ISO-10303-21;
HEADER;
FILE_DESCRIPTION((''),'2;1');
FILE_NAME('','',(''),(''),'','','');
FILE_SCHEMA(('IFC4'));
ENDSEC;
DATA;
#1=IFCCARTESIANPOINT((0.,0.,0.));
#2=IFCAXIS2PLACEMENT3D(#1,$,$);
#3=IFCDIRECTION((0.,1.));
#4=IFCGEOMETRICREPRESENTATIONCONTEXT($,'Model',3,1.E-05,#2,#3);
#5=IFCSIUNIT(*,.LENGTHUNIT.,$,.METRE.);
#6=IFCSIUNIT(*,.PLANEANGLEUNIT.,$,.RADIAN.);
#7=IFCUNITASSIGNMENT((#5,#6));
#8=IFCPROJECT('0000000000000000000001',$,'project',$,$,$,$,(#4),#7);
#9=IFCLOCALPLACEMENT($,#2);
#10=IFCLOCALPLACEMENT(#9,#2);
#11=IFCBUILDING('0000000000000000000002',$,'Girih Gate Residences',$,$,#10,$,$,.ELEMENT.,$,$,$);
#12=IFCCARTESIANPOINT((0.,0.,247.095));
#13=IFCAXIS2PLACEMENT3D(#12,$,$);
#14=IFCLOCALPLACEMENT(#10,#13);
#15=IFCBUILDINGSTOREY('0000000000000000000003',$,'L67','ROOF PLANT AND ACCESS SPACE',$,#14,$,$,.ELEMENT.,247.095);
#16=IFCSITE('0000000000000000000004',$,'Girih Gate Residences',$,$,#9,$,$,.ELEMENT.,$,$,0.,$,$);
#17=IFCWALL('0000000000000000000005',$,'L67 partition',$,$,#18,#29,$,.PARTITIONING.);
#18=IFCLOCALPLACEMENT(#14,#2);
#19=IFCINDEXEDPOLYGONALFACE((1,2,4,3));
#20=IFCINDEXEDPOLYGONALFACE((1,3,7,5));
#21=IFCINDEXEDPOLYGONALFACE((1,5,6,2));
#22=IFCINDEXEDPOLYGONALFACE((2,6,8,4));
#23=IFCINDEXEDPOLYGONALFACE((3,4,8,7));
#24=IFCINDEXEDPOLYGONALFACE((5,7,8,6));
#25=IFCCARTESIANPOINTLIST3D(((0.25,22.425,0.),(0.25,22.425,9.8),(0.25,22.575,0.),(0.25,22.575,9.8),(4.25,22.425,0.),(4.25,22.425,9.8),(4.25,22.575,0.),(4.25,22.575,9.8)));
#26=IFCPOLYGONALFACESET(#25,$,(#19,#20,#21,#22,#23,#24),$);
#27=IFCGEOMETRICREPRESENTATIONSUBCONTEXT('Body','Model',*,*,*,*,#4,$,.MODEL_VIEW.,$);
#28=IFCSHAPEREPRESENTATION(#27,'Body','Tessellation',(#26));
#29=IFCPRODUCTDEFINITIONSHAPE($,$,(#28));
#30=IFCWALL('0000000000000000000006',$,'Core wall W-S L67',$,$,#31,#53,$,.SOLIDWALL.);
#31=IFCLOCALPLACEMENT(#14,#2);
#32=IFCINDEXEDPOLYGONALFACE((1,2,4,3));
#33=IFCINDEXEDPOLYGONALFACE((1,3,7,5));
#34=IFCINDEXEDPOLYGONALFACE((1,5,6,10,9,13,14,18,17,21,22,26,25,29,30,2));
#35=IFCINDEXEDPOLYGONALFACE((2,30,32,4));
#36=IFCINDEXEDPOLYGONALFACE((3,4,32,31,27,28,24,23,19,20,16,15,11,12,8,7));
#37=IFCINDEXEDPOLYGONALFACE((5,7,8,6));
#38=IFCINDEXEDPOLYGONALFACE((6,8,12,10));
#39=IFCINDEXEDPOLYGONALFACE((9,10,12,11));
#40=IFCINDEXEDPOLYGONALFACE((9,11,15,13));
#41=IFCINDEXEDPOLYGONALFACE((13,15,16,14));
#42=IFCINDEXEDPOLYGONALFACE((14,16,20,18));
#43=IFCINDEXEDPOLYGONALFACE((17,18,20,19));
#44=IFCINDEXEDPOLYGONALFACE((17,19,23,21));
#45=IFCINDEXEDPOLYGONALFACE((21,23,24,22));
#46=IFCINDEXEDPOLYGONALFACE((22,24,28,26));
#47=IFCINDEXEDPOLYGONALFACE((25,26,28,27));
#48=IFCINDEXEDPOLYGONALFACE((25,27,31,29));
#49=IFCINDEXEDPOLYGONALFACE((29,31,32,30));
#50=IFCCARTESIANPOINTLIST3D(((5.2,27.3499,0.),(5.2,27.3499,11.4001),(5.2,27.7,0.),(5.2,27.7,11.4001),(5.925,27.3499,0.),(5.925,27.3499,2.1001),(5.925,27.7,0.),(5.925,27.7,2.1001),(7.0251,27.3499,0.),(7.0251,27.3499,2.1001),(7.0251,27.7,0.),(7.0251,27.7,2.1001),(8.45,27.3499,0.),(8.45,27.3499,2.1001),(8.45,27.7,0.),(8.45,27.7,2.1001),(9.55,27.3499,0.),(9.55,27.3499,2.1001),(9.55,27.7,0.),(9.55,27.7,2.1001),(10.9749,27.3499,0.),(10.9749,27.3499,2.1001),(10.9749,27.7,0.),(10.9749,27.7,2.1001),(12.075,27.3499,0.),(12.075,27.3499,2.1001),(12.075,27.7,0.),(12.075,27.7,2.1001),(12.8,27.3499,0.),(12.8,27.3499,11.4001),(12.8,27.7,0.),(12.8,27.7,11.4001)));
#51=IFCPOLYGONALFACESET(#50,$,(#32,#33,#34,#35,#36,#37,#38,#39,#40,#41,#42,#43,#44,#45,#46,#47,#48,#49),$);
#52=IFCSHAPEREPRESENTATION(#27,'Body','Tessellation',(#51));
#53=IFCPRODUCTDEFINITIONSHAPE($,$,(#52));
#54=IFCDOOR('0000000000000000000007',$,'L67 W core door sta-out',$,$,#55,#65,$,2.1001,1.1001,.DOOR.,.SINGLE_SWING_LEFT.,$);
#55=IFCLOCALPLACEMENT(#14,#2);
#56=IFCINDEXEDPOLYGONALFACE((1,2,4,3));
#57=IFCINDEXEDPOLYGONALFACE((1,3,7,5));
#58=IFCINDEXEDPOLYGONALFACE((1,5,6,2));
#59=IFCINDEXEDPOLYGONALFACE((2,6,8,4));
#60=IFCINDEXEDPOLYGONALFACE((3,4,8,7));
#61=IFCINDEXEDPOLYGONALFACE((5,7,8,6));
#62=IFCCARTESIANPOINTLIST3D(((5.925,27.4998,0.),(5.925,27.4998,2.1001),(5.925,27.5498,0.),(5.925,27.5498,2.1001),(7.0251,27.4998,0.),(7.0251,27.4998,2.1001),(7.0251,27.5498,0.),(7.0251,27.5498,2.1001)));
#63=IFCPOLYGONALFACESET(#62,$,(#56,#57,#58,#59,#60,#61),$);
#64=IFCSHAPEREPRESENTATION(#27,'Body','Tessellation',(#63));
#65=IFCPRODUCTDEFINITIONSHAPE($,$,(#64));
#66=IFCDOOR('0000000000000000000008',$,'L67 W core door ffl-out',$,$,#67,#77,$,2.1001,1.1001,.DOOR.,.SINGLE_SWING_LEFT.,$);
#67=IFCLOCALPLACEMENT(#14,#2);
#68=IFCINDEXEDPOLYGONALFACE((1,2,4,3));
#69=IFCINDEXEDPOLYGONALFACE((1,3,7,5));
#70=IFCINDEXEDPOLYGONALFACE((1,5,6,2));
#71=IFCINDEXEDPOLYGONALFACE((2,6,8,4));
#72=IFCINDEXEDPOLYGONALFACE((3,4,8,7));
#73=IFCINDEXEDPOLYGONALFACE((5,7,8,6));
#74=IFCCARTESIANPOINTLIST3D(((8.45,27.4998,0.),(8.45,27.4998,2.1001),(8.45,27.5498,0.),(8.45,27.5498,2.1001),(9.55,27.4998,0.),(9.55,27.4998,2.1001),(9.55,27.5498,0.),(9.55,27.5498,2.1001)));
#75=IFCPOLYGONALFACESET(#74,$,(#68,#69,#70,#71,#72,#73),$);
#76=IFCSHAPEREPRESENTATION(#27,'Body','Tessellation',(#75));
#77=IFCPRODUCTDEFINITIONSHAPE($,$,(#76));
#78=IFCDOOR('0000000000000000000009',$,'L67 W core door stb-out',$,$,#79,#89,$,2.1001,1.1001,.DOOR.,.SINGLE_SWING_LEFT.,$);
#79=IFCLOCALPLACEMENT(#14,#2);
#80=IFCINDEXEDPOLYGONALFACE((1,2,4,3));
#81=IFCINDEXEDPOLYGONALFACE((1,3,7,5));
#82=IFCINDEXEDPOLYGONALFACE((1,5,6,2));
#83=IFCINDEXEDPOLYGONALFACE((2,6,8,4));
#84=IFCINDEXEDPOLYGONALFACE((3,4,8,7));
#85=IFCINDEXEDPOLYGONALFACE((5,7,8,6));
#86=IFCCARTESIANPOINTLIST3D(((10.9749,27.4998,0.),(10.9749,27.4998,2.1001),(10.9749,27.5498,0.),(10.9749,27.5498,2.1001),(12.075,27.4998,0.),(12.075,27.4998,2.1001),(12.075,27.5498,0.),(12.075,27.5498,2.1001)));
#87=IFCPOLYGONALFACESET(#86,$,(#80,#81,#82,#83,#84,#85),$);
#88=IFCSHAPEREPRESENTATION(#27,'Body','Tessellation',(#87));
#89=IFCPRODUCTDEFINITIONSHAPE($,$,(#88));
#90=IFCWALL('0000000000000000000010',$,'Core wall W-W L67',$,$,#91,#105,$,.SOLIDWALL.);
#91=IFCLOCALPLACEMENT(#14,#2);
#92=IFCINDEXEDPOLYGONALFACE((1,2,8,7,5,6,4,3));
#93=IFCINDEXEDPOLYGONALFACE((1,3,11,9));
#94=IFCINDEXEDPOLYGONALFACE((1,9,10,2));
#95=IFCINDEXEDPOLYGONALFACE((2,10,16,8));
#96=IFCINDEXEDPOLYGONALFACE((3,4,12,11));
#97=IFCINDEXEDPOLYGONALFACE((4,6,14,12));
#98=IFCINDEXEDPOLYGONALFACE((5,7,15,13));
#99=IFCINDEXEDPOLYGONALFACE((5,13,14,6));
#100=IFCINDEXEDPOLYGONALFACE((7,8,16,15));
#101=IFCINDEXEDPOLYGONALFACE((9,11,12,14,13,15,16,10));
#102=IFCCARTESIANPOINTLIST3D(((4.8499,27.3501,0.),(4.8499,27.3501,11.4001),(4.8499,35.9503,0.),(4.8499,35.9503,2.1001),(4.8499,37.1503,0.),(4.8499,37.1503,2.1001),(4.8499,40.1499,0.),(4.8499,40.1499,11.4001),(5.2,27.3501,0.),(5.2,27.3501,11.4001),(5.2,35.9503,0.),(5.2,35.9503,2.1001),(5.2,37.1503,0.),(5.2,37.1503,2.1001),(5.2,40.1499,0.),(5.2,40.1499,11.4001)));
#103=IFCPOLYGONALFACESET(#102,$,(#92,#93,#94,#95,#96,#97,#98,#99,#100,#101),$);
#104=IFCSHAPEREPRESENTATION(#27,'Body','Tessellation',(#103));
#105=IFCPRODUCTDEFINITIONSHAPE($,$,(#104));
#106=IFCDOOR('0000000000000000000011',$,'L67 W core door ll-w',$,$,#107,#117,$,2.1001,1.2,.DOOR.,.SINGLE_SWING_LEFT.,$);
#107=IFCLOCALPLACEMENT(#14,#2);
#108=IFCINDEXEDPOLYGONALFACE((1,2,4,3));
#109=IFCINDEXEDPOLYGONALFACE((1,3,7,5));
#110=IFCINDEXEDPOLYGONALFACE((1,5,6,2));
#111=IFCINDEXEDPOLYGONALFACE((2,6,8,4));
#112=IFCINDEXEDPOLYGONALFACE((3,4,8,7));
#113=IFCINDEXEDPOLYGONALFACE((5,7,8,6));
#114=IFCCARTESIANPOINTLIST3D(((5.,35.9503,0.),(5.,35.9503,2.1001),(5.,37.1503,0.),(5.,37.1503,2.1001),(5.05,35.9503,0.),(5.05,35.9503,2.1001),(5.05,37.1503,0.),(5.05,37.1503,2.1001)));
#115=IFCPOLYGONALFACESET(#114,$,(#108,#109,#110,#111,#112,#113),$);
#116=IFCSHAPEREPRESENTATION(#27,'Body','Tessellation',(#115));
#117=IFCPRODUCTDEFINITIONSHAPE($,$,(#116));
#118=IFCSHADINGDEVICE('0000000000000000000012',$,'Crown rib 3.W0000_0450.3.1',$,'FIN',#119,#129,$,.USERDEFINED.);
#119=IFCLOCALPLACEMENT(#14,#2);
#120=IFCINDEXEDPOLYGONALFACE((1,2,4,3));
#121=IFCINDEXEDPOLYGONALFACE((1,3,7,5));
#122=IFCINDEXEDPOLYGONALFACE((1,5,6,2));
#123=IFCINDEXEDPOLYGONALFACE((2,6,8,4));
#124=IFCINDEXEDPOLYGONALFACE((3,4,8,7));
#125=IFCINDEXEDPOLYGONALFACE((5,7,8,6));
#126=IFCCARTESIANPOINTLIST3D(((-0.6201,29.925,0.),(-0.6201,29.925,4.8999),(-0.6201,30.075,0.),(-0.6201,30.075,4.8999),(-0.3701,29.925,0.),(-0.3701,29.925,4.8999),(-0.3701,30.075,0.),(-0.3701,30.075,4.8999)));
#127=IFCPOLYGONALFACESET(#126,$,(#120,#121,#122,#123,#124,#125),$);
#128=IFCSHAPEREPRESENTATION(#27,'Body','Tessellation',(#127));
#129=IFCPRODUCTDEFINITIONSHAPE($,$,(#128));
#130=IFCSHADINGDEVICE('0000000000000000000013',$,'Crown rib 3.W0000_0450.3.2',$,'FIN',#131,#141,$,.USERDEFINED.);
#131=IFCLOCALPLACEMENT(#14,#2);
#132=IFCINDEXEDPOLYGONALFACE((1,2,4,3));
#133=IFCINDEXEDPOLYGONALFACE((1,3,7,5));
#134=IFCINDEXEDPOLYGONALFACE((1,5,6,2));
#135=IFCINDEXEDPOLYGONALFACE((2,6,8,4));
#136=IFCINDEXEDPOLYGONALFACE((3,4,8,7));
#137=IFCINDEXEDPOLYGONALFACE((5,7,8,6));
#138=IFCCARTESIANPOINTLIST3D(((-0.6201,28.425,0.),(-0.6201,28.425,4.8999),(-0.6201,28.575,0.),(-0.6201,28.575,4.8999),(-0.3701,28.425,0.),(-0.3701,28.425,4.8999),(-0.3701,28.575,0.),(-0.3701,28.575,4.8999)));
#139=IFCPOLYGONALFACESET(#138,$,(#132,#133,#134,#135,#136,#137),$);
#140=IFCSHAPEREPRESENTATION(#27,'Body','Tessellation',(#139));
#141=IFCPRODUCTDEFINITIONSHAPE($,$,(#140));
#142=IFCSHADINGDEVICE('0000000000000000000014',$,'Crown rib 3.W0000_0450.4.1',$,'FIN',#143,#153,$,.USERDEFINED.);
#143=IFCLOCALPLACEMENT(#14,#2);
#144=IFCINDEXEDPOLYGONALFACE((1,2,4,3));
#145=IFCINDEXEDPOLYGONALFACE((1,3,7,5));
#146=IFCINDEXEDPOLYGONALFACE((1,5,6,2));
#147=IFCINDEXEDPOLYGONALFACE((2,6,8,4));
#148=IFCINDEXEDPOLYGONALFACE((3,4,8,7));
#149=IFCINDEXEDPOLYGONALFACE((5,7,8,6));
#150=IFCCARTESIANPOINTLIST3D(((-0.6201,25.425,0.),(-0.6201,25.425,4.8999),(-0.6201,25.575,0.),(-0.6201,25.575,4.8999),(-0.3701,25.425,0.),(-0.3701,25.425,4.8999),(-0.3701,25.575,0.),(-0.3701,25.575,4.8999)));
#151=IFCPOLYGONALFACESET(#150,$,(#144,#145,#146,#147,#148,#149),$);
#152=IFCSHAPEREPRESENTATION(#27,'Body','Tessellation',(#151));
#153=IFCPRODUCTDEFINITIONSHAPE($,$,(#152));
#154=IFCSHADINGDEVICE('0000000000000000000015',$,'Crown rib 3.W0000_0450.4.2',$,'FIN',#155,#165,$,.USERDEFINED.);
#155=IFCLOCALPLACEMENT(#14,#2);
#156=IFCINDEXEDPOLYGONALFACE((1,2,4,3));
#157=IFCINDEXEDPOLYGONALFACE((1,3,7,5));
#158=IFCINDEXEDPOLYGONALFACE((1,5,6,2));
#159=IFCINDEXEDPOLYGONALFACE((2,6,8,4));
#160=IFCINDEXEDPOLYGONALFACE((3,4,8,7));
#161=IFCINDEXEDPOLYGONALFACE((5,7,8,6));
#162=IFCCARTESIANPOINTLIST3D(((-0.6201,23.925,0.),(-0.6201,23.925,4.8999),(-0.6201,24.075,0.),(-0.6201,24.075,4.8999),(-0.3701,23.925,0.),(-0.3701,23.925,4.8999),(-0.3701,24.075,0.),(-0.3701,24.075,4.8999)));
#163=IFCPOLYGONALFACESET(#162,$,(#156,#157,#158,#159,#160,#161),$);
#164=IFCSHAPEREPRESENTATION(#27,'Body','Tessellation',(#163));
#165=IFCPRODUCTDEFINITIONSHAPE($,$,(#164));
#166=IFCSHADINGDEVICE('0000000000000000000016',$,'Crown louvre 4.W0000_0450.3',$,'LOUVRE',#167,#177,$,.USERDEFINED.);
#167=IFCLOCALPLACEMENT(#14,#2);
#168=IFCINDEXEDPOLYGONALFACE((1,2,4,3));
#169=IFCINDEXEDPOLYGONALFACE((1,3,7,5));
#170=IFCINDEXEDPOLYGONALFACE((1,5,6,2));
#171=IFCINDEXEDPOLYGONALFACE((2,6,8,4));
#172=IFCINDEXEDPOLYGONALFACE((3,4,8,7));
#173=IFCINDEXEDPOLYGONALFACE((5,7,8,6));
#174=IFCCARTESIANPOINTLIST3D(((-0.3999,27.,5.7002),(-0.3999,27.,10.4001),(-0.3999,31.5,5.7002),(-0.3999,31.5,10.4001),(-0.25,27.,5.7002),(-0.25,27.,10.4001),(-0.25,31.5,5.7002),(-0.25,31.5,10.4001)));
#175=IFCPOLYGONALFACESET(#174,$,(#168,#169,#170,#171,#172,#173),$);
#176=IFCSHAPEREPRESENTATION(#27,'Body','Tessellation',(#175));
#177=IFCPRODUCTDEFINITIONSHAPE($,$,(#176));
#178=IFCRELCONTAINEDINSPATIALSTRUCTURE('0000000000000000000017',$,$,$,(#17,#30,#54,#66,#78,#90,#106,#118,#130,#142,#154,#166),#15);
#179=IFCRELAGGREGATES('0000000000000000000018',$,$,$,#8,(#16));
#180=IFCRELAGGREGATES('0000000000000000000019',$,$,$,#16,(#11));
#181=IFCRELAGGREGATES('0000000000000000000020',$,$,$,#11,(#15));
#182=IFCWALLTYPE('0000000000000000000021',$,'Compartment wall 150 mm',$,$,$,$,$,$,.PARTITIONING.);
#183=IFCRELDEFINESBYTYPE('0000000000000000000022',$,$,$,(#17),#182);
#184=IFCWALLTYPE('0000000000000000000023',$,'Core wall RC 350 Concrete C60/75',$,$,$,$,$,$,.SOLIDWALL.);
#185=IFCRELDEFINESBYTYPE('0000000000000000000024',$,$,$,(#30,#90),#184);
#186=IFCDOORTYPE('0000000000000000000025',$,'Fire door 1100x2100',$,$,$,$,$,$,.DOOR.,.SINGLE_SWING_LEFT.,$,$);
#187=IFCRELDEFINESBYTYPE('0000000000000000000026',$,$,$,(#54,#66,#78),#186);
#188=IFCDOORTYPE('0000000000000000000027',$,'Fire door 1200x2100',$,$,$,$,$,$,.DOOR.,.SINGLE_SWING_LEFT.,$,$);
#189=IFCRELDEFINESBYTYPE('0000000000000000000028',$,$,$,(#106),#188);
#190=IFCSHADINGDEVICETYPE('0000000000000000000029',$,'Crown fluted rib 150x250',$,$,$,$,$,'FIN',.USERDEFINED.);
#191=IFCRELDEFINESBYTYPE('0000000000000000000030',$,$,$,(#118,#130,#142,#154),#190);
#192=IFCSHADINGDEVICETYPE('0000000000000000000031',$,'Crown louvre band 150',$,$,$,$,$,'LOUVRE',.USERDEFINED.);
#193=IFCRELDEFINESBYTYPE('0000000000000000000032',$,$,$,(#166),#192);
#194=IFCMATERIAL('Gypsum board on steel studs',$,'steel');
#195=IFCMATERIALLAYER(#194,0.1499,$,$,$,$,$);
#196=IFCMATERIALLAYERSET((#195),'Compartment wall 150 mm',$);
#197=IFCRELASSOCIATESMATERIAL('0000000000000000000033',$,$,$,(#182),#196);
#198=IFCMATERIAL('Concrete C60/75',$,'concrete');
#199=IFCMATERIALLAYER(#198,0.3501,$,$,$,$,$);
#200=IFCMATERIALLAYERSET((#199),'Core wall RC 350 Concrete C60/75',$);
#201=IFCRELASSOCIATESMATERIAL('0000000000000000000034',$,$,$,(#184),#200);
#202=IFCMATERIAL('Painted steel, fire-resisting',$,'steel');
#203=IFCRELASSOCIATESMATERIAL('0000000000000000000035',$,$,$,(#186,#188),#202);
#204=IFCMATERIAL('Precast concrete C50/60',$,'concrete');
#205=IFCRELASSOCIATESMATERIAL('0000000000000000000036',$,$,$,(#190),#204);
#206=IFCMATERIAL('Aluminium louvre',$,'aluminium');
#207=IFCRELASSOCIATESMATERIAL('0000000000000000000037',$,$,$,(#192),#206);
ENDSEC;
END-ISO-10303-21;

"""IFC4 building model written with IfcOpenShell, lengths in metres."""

from ifc_helpers import new_model, si_unit, direction, frame, frame_2d, origin, origin_2d, place, context, subcontext, project, spatial, rectangle, extrude, material, layer, layer_set, type_object, element, fill, save


model = new_model("IFC4")

# Units and contexts
model_context = context("Model", 3, precision=1e-05, world=origin(), true_north=direction((0.0, 1.0)))
body_context = subcontext(model_context, "Body", "Model", "MODEL_VIEW")
ifc_project = project(units=[si_unit("LENGTHUNIT", "METRE"), si_unit("PLANEANGLEUNIT", "RADIAN")], contexts=[model_context])

# Site, building, storey
site_placement = place(None, origin())
site = spatial("IfcSite", under=ifc_project, at=site_placement, Name="Girih Gate Residences", CompositionType="ELEMENT", RefElevation=0.0)
building_placement = place(site_placement, origin())
building = spatial("IfcBuilding", under=site, at=building_placement, Name="Girih Gate Residences", CompositionType="ELEMENT")
storey_placement = place(building_placement, frame((0.0, 0.0, 247.095)))
storey = spatial("IfcBuildingStorey", under=building, at=storey_placement, Name="L67", Description="ROOF PLANT AND ACCESS SPACE", CompositionType="ELEMENT", Elevation=247.095)

# Shared definitions
ifc_material_1 = material(Name="Gypsum board on steel studs", Category="steel")
ifc_layer_1 = layer(ifc_material_1, 0.1499)
ifc_layer_set_1 = layer_set([ifc_layer_1], Name="Compartment wall 150 mm")
wall_type_1 = type_object("IfcWallType", Name="Compartment wall 150 mm", PredefinedType="PARTITIONING", material=ifc_layer_set_1)
ifc_material_2 = material(Name="Painted steel, fire-resisting", Category="steel")

# Wall
wall_1_placement = place(storey_placement, frame((0.25, 22.5, 0.0), z_axis=(0.0, 0.0, 1.0), x_axis=(1.0, 0.0, 0.0)))
element("IfcWall", 1, at=wall_1_placement, inside=storey, type_object=wall_type_1, Name="L67 partition", PredefinedType="PARTITIONING", context=body_context, shape_type="SweptSolid", body=[
    extrude(rectangle(XDim=4.0, YDim=0.1499, at=frame_2d((2.0, 0.0))), origin(), (0.0, 0.0, 1.0), 9.8),
])

# Wall, openings, doors
ifc_material_3 = material(Name="Concrete C60/75", Category="concrete")
ifc_layer_2 = layer(ifc_material_3, 0.3501)
ifc_layer_set_2 = layer_set([ifc_layer_2], Name="Core wall RC 350 Concrete C60/75")
wall_type_2 = type_object("IfcWallType", Name="Core wall RC 350 Concrete C60/75", PredefinedType="SOLIDWALL", material=ifc_layer_set_2)
wall_2_placement = place(storey_placement, frame((5.2, 27.5249, 0.0), z_axis=(0.0, 0.0, 1.0), x_axis=(1.0, 0.0, 0.0)))
wall_2 = element("IfcWall", 2, at=wall_2_placement, inside=storey, type_object=wall_type_2, Name="Core wall W-S L67", PredefinedType="SOLIDWALL", context=body_context, shape_type="SweptSolid", body=[
    extrude(rectangle(XDim=7.6001, YDim=0.3501, at=frame_2d((3.8, 0.0))), origin(), (0.0, 0.0, 1.0), 11.4001),
])
opening_1_placement = place(wall_2_placement, frame((0.7251, 0.0, 0.0)))
opening_1 = element("IfcOpeningElement", 3, at=opening_1_placement, cuts=wall_2, PredefinedType="OPENING", context=body_context, shape_type="SweptSolid", body=[
    extrude(rectangle(XDim=1.1001, YDim=2.1001, at=frame_2d((0.55, 1.05))), frame((0.0, 0.1851, 0.0), z_axis=(0.0, -1.0, 0.0), x_axis=(1.0, 0.0, 0.0)), (0.0, 0.0, 1.0), 0.3701),
])
opening_2_placement = place(wall_2_placement, frame((3.25, 0.0, 0.0)))
opening_2 = element("IfcOpeningElement", 4, at=opening_2_placement, cuts=wall_2, PredefinedType="OPENING", context=body_context, shape_type="SweptSolid", body=[
    extrude(rectangle(XDim=1.1001, YDim=2.1001, at=frame_2d((0.55, 1.05))), frame((0.0, 0.1851, 0.0), z_axis=(0.0, -1.0, 0.0), x_axis=(1.0, 0.0, 0.0)), (0.0, 0.0, 1.0), 0.3701),
])
opening_3_placement = place(wall_2_placement, frame((5.7749, 0.0, 0.0)))
opening_3 = element("IfcOpeningElement", 5, at=opening_3_placement, cuts=wall_2, PredefinedType="OPENING", context=body_context, shape_type="SweptSolid", body=[
    extrude(rectangle(XDim=1.1001, YDim=2.1001, at=frame_2d((0.55, 1.05))), frame((0.0, 0.1851, 0.0), z_axis=(0.0, -1.0, 0.0), x_axis=(1.0, 0.0, 0.0)), (0.0, 0.0, 1.0), 0.3701),
])
door_type_1 = type_object("IfcDoorType", Name="Fire door 1100x2100", OperationType="SINGLE_SWING_LEFT", PredefinedType="DOOR", material=ifc_material_2)
door_1_placement = place(opening_1_placement, origin())
door_1 = element("IfcDoor", 6, at=door_1_placement, inside=storey, type_object=door_type_1, Name="L67 W core door sta-out", OperationType="SINGLE_SWING_LEFT", OverallHeight=2.1001, OverallWidth=1.1001, PredefinedType="DOOR", context=body_context, shape_type="SweptSolid", body=[
    extrude(rectangle(XDim=1.1001, YDim=2.1001, at=frame_2d((0.55, 1.05))), frame((0.0, 0.0249, 0.0), z_axis=(0.0, -1.0, 0.0), x_axis=(1.0, 0.0, 0.0)), (0.0, 0.0, 1.0), 0.05),
])
fill(opening_1, door_1)
door_2_placement = place(opening_2_placement, origin())
door_2 = element("IfcDoor", 7, at=door_2_placement, inside=storey, type_object=door_type_1, Name="L67 W core door ffl-out", OperationType="SINGLE_SWING_LEFT", OverallHeight=2.1001, OverallWidth=1.1001, PredefinedType="DOOR", context=body_context, shape_type="SweptSolid", body=[
    extrude(rectangle(XDim=1.1001, YDim=2.1001, at=frame_2d((0.55, 1.05))), frame((0.0, 0.0249, 0.0), z_axis=(0.0, -1.0, 0.0), x_axis=(1.0, 0.0, 0.0)), (0.0, 0.0, 1.0), 0.05),
])
fill(opening_2, door_2)
door_3_placement = place(opening_3_placement, origin())
door_3 = element("IfcDoor", 8, at=door_3_placement, inside=storey, type_object=door_type_1, Name="L67 W core door stb-out", OperationType="SINGLE_SWING_LEFT", OverallHeight=2.1001, OverallWidth=1.1001, PredefinedType="DOOR", context=body_context, shape_type="SweptSolid", body=[
    extrude(rectangle(XDim=1.1001, YDim=2.1001, at=frame_2d((0.55, 1.05))), frame((0.0, 0.0249, 0.0), z_axis=(0.0, -1.0, 0.0), x_axis=(1.0, 0.0, 0.0)), (0.0, 0.0, 1.0), 0.05),
])
fill(opening_3, door_3)

# Wall, opening, door
wall_3_placement = place(storey_placement, frame((5.0249, 27.3501, 0.0), z_axis=(0.0, 0.0, 1.0), x_axis=(0.0, 1.0, 0.0)))
wall_3 = element("IfcWall", 9, at=wall_3_placement, inside=storey, type_object=wall_type_2, Name="Core wall W-W L67", PredefinedType="SOLIDWALL", context=body_context, shape_type="SweptSolid", body=[
    extrude(rectangle(XDim=12.7998, YDim=0.3501, at=frame_2d((6.3999, 0.0))), origin(), (0.0, 0.0, 1.0), 11.4001),
])
opening_4_placement = place(wall_3_placement, frame((8.6001, 0.0, 0.0)))
opening_4 = element("IfcOpeningElement", 10, at=opening_4_placement, cuts=wall_3, PredefinedType="OPENING", context=body_context, shape_type="SweptSolid", body=[
    extrude(rectangle(XDim=1.2, YDim=2.1001, at=frame_2d((0.6001, 1.05))), frame((0.0, 0.1851, 0.0), z_axis=(0.0, -1.0, 0.0), x_axis=(1.0, 0.0, 0.0)), (0.0, 0.0, 1.0), 0.3701),
])
door_type_2 = type_object("IfcDoorType", Name="Fire door 1200x2100", OperationType="SINGLE_SWING_LEFT", PredefinedType="DOOR", material=ifc_material_2)
door_4_placement = place(opening_4_placement, origin())
door_4 = element("IfcDoor", 11, at=door_4_placement, inside=storey, type_object=door_type_2, Name="L67 W core door ll-w", OperationType="SINGLE_SWING_LEFT", OverallHeight=2.1001, OverallWidth=1.2, PredefinedType="DOOR", context=body_context, shape_type="SweptSolid", body=[
    extrude(rectangle(XDim=1.2, YDim=2.1001, at=frame_2d((0.6001, 1.05))), frame((0.0, 0.0249, 0.0), z_axis=(0.0, -1.0, 0.0), x_axis=(1.0, 0.0, 0.0)), (0.0, 0.0, 1.0), 0.05),
])
fill(opening_4, door_4)

# Shading devices
ifc_material_4 = material(Name="Precast concrete C50/60", Category="concrete")
shading_device_type_1 = type_object("IfcShadingDeviceType", Name="Crown fluted rib 150x250", ElementType="FIN", PredefinedType="USERDEFINED", material=ifc_material_4)
for number, where, z_axis, x_axis, name in (
    (12, (-0.4951, 30.0, 0.0), (0.0, 0.0, 1.0), (0.0, -1.0, 0.0), "Crown rib 3.W0000_0450.3.1"),
    (13, (-0.4951, 28.5, 0.0), (0.0, 0.0, 1.0), (0.0, -1.0, 0.0), "Crown rib 3.W0000_0450.3.2"),
    (14, (-0.4951, 25.5, 0.0), (0.0, 0.0, 1.0), (0.0, -1.0, 0.0), "Crown rib 3.W0000_0450.4.1"),
    (15, (-0.4951, 24.0, 0.0), (0.0, 0.0, 1.0), (0.0, -1.0, 0.0), "Crown rib 3.W0000_0450.4.2"),
):
    element("IfcShadingDevice", number, at=place(storey_placement, frame(where, z_axis=z_axis, x_axis=x_axis)), inside=storey, type_object=shading_device_type_1, Name=name, ObjectType="FIN", PredefinedType="USERDEFINED", context=body_context, shape_type="SweptSolid", body=[
        extrude(rectangle(XDim=0.1499, YDim=0.25, at=origin_2d()), origin(), (0.0, 0.0, 1.0), 4.8999),
    ])
ifc_material_5 = material(Name="Aluminium louvre", Category="aluminium")
shading_device_type_2 = type_object("IfcShadingDeviceType", Name="Crown louvre band 150", ElementType="LOUVRE", PredefinedType="USERDEFINED", material=ifc_material_5)
for number, where, z_axis, x_axis, name in (
    (16, (-0.325, 29.25, 5.7002), (0.0, 0.0, 1.0), (0.0, -1.0, 0.0), "Crown louvre 4.W0000_0450.3"),
):
    element("IfcShadingDevice", number, at=place(storey_placement, frame(where, z_axis=z_axis, x_axis=x_axis)), inside=storey, type_object=shading_device_type_2, Name=name, ObjectType="LOUVRE", PredefinedType="USERDEFINED", context=body_context, shape_type="SweptSolid", body=[
        extrude(rectangle(XDim=4.5, YDim=0.1499, at=origin_2d()), origin(), (0.0, 0.0, 1.0), 4.7),
    ])

save(model, "model.ifc")
